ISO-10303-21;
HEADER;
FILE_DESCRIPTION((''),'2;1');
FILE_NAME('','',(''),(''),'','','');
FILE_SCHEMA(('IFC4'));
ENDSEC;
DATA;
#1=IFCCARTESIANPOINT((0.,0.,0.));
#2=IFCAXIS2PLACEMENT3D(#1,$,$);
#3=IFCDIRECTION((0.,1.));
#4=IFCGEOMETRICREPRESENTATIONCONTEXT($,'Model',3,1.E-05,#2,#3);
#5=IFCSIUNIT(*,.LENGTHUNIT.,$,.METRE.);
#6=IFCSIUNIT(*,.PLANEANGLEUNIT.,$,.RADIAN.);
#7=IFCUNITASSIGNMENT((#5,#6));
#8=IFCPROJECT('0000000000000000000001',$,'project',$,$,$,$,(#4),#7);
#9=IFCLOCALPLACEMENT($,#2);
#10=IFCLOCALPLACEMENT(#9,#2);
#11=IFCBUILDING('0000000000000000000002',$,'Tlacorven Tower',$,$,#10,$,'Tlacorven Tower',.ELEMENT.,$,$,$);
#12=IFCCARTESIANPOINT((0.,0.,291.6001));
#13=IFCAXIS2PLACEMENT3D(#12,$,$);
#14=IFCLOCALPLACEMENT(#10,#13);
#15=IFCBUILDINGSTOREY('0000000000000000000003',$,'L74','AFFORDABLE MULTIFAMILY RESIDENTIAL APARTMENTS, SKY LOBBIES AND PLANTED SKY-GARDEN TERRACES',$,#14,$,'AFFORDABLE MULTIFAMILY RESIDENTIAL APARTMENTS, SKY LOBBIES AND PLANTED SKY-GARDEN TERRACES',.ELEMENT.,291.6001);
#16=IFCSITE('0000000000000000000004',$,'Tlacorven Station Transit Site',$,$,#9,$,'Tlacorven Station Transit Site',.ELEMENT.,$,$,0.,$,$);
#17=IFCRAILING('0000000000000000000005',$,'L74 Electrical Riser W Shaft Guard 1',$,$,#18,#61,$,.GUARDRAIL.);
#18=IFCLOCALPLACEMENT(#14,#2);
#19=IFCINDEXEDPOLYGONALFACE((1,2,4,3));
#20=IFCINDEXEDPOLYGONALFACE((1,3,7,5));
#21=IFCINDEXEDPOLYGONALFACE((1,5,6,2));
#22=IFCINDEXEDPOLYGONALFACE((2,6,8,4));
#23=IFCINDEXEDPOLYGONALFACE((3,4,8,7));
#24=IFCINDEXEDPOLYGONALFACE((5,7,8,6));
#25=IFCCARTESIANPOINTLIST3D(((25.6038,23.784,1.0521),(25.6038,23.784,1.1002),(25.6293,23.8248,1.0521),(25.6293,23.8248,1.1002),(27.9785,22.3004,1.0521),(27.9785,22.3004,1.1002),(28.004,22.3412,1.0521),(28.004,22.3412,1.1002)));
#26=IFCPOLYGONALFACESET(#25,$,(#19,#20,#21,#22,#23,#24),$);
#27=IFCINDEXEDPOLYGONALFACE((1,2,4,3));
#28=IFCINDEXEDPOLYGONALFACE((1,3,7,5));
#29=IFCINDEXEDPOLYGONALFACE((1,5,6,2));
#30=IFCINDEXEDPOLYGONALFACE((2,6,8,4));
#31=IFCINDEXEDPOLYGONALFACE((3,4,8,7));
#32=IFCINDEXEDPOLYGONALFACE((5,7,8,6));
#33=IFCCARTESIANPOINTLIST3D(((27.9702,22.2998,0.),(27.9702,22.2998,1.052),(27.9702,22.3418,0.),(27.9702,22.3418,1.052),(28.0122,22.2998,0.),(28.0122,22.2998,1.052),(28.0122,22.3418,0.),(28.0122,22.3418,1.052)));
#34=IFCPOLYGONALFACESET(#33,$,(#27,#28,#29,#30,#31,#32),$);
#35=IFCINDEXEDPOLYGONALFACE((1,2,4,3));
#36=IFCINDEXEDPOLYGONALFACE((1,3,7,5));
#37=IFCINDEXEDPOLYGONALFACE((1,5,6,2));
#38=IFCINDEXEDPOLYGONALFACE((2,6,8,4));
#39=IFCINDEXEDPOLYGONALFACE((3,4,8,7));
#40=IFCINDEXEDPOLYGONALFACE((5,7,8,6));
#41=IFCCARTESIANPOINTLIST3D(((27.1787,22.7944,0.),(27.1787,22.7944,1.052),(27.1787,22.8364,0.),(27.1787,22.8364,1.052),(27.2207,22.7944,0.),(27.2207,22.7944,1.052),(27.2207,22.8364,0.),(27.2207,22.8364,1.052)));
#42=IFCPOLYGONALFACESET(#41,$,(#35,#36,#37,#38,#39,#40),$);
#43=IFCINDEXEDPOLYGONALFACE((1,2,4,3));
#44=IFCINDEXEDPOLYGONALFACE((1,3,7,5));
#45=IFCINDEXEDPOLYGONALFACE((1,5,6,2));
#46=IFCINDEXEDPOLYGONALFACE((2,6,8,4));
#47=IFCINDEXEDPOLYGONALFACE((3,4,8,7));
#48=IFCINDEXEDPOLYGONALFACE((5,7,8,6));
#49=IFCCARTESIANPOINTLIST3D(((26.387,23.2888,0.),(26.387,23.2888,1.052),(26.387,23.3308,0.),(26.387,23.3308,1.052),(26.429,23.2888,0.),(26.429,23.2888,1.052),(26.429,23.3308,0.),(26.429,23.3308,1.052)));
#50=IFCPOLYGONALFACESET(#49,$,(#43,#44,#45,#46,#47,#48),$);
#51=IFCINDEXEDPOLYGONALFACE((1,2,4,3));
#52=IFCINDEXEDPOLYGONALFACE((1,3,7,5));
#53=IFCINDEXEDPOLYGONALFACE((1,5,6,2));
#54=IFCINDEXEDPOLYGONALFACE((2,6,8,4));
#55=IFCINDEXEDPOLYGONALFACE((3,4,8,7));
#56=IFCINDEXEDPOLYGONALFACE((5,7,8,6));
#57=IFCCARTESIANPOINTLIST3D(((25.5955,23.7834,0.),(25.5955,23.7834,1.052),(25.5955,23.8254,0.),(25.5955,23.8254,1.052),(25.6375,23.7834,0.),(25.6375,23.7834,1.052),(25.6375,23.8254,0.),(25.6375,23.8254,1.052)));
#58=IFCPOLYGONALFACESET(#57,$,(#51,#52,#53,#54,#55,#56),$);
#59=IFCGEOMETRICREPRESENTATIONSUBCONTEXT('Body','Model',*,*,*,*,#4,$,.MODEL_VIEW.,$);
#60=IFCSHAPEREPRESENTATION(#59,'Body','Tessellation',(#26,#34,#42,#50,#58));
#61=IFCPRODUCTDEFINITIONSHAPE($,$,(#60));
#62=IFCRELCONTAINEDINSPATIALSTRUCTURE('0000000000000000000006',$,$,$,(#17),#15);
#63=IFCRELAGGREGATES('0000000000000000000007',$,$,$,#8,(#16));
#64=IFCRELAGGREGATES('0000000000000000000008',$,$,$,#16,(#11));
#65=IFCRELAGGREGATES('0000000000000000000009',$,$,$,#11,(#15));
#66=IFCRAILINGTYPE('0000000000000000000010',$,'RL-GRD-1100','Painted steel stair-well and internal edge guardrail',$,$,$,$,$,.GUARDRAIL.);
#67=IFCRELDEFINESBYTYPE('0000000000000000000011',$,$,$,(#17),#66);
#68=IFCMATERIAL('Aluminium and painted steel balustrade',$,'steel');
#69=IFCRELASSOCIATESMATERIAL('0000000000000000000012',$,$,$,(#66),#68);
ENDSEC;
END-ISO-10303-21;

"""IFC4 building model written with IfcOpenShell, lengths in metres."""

from ifc_helpers import new_model, si_unit, direction, frame, origin, origin_2d, place, context, subcontext, project, spatial, rectangle, extrude, source, transform, mapped, material, type_object, element, save


model = new_model("IFC4")

# Units and contexts
model_context = context("Model", 3, precision=1e-05, world=origin(), true_north=direction((0.0, 1.0)))
body_context = subcontext(model_context, "Body", "Model", "MODEL_VIEW")
ifc_project = project(units=[si_unit("LENGTHUNIT", "METRE"), si_unit("PLANEANGLEUNIT", "RADIAN")], contexts=[model_context])

# Site, building, storey
site_placement = place(None, origin())
site = spatial("IfcSite", under=ifc_project, at=site_placement, Name="Tlacorven Station Transit Site", LongName="Tlacorven Station Transit Site", CompositionType="ELEMENT", RefElevation=0.0)
building_placement = place(site_placement, origin())
building = spatial("IfcBuilding", under=site, at=building_placement, Name="Tlacorven Tower", LongName="Tlacorven Tower", CompositionType="ELEMENT")
storey_placement = place(building_placement, frame((0.0, 0.0, 291.6001)))
storey = spatial("IfcBuildingStorey", under=building, at=storey_placement, Name="L74", Description="AFFORDABLE MULTIFAMILY RESIDENTIAL APARTMENTS, SKY LOBBIES AND PLANTED SKY-GARDEN TERRACES", LongName="AFFORDABLE MULTIFAMILY RESIDENTIAL APARTMENTS, SKY LOBBIES AND PLANTED SKY-GARDEN TERRACES", CompositionType="ELEMENT", Elevation=291.6001)

# Railing
ifc_material_1 = material(Name="Aluminium and painted steel balustrade", Category="steel")
railing_type = type_object("IfcRailingType", Name="RL-GRD-1100", Description="Painted steel stair-well and internal edge guardrail", PredefinedType="GUARDRAIL", material=ifc_material_1)
shared_shape_1 = source(origin(), body_context, "Body", "SweptSolid", [
    extrude(rectangle(XDim=0.0481, YDim=0.0481, at=origin_2d()), frame((0.0, 0.0, 1.0762), z_axis=(-0.848091, 0.52985, 0.0), x_axis=(-0.52985, -0.848091, 0.0)), (0.0, 0.0, 1.0), 2.8),
    extrude(rectangle(XDim=0.042, YDim=0.042, at=origin_2d()), origin(), (0.0, 0.0, 1.0), 1.052),
    extrude(rectangle(XDim=0.042, YDim=0.042, at=origin_2d()), frame((-0.7915, 0.4946, 0.0)), (0.0, 0.0, 1.0), 1.052),
    extrude(rectangle(XDim=0.042, YDim=0.042, at=origin_2d()), frame((-1.5833, 0.989, 0.0)), (0.0, 0.0, 1.0), 1.052),
    extrude(rectangle(XDim=0.042, YDim=0.042, at=origin_2d()), frame((-2.3748, 1.4836, 0.0)), (0.0, 0.0, 1.0), 1.052),
])
railing_placement = place(storey_placement, frame((27.9912, 22.3208, 0.0)))
element("IfcRailing", 1, at=railing_placement, inside=storey, type_object=railing_type, Name="L74 Electrical Riser W Shaft Guard 1", PredefinedType="GUARDRAIL", context=body_context, shape_type="MappedRepresentation", body=[
    mapped(shared_shape_1, transform((0.0, 0.0, 0.0), scale=1.0)),
])

save(model, "model.ifc")
